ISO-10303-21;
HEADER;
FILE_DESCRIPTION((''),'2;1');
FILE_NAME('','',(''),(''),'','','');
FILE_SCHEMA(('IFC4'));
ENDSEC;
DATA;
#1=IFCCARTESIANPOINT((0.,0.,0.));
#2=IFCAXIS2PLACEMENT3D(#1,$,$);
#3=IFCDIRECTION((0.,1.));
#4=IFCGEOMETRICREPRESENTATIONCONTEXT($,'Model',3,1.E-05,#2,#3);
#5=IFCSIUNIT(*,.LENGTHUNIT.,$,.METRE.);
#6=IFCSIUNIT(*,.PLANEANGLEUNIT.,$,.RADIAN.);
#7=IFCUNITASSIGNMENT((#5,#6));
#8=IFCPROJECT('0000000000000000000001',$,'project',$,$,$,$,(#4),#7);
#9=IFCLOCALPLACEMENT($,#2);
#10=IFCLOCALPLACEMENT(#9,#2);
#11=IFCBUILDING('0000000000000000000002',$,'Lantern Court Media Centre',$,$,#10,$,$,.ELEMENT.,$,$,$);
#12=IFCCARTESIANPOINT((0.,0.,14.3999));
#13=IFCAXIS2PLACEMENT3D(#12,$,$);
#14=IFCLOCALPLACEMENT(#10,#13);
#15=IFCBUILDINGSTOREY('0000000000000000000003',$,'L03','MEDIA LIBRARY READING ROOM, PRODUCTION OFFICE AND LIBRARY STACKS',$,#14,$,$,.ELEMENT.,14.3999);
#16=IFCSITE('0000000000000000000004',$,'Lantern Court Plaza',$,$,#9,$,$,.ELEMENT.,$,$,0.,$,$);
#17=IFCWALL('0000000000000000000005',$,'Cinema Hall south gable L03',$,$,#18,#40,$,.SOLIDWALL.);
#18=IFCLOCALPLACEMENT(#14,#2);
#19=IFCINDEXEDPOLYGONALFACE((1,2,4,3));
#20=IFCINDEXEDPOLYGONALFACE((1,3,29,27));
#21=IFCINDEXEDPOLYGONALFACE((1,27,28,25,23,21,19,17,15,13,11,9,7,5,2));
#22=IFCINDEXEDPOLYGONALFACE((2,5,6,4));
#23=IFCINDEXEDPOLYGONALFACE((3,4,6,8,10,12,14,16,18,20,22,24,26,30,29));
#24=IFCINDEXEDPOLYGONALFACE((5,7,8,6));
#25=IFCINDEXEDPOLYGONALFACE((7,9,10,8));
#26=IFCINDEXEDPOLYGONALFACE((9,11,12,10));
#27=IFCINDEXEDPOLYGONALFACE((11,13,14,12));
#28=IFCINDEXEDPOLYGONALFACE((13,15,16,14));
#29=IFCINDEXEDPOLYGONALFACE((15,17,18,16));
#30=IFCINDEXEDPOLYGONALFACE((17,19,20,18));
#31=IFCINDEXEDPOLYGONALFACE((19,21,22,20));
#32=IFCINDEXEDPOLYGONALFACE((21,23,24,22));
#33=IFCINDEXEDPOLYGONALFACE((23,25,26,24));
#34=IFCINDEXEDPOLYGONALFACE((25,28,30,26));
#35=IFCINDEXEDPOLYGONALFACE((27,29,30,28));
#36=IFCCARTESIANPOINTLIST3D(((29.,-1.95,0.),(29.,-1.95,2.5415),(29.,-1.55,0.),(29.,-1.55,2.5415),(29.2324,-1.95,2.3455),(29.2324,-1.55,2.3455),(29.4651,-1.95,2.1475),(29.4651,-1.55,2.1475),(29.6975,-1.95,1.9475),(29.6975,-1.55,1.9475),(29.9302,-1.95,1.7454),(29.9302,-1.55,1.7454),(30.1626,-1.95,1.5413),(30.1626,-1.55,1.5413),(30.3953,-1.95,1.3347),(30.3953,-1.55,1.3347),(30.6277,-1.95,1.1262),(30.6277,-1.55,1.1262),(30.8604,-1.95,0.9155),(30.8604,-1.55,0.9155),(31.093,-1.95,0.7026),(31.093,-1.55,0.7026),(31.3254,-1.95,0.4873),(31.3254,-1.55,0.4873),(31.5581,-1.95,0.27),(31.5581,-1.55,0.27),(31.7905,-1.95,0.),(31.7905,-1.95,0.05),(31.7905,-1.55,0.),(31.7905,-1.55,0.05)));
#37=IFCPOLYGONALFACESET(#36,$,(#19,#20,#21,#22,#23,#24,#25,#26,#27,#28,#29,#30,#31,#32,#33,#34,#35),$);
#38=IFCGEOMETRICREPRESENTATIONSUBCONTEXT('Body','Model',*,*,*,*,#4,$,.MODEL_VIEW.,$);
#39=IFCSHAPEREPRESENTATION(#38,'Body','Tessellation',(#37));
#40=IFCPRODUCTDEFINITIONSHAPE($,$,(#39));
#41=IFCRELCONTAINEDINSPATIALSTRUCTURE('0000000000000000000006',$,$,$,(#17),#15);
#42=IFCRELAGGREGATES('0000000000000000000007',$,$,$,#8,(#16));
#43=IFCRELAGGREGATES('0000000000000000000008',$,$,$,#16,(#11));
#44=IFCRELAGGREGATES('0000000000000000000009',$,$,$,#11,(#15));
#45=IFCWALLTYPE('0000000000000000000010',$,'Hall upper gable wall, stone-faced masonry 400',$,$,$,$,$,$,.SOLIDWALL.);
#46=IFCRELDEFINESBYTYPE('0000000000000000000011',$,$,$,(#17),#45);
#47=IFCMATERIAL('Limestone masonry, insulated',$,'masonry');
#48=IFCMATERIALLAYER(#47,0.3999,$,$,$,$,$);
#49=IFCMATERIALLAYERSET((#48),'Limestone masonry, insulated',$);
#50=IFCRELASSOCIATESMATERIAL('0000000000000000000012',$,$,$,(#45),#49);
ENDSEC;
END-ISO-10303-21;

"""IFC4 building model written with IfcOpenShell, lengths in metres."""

from ifc_helpers import new_model, si_unit, direction, frame, origin, place, context, subcontext, project, spatial, polyline, outline, extrude, material, layer, layer_set, type_object, element, save


model = new_model("IFC4")

# Units and contexts
model_context = context("Model", 3, precision=1e-05, world=origin(), true_north=direction((0.0, 1.0)))
body_context = subcontext(model_context, "Body", "Model", "MODEL_VIEW")
ifc_project = project(units=[si_unit("LENGTHUNIT", "METRE"), si_unit("PLANEANGLEUNIT", "RADIAN")], contexts=[model_context])

# Site, building, storey
site_placement = place(None, origin())
site = spatial("IfcSite", under=ifc_project, at=site_placement, Name="Lantern Court Plaza", CompositionType="ELEMENT", RefElevation=0.0)
building_placement = place(site_placement, origin())
building = spatial("IfcBuilding", under=site, at=building_placement, Name="Lantern Court Media Centre", CompositionType="ELEMENT")
storey_placement = place(building_placement, frame((0.0, 0.0, 14.3999)))
storey = spatial("IfcBuildingStorey", under=building, at=storey_placement, Name="L03", Description="MEDIA LIBRARY READING ROOM, PRODUCTION OFFICE AND LIBRARY STACKS", CompositionType="ELEMENT", Elevation=14.3999)

# Wall
ifc_material_1 = material(Name="Limestone masonry, insulated", Category="masonry")
ifc_layer_1 = layer(ifc_material_1, 0.3999)
ifc_layer_set_1 = layer_set([ifc_layer_1], Name="Limestone masonry, insulated")
wall_type = type_object("IfcWallType", Name="Hall upper gable wall, stone-faced masonry 400", PredefinedType="SOLIDWALL", material=ifc_layer_set_1)
wall_placement = place(storey_placement, frame((29.0, -1.75, 0.0), z_axis=(0.0, 0.0, 1.0), x_axis=(1.0, 0.0, 0.0)))
element("IfcWall", 1, at=wall_placement, inside=storey, type_object=wall_type, Name="Cinema Hall south gable L03", PredefinedType="SOLIDWALL", context=body_context, shape_type="SweptSolid", body=[
    extrude(outline(polyline([(0.0, 0.0), (2.7905, 0.0), (2.7905, 0.05), (2.5581, 0.27), (2.3254, 0.4873), (2.093, 0.7026), (1.8604, 0.9155), (1.6277, 1.1262), (1.3953, 1.3347), (1.1626, 1.5413), (0.9302, 1.7454), (0.6975, 1.9475), (0.4651, 2.1475), (0.2324, 2.3455), (0.0, 2.5415), (0.0, 0.0)])), frame((0.0, 0.2, 0.0), z_axis=(0.0, -1.0, 0.0), x_axis=(1.0, 0.0, 0.0)), (0.0, 0.0, 1.0), 0.3999),
])

save(model, "model.ifc")
